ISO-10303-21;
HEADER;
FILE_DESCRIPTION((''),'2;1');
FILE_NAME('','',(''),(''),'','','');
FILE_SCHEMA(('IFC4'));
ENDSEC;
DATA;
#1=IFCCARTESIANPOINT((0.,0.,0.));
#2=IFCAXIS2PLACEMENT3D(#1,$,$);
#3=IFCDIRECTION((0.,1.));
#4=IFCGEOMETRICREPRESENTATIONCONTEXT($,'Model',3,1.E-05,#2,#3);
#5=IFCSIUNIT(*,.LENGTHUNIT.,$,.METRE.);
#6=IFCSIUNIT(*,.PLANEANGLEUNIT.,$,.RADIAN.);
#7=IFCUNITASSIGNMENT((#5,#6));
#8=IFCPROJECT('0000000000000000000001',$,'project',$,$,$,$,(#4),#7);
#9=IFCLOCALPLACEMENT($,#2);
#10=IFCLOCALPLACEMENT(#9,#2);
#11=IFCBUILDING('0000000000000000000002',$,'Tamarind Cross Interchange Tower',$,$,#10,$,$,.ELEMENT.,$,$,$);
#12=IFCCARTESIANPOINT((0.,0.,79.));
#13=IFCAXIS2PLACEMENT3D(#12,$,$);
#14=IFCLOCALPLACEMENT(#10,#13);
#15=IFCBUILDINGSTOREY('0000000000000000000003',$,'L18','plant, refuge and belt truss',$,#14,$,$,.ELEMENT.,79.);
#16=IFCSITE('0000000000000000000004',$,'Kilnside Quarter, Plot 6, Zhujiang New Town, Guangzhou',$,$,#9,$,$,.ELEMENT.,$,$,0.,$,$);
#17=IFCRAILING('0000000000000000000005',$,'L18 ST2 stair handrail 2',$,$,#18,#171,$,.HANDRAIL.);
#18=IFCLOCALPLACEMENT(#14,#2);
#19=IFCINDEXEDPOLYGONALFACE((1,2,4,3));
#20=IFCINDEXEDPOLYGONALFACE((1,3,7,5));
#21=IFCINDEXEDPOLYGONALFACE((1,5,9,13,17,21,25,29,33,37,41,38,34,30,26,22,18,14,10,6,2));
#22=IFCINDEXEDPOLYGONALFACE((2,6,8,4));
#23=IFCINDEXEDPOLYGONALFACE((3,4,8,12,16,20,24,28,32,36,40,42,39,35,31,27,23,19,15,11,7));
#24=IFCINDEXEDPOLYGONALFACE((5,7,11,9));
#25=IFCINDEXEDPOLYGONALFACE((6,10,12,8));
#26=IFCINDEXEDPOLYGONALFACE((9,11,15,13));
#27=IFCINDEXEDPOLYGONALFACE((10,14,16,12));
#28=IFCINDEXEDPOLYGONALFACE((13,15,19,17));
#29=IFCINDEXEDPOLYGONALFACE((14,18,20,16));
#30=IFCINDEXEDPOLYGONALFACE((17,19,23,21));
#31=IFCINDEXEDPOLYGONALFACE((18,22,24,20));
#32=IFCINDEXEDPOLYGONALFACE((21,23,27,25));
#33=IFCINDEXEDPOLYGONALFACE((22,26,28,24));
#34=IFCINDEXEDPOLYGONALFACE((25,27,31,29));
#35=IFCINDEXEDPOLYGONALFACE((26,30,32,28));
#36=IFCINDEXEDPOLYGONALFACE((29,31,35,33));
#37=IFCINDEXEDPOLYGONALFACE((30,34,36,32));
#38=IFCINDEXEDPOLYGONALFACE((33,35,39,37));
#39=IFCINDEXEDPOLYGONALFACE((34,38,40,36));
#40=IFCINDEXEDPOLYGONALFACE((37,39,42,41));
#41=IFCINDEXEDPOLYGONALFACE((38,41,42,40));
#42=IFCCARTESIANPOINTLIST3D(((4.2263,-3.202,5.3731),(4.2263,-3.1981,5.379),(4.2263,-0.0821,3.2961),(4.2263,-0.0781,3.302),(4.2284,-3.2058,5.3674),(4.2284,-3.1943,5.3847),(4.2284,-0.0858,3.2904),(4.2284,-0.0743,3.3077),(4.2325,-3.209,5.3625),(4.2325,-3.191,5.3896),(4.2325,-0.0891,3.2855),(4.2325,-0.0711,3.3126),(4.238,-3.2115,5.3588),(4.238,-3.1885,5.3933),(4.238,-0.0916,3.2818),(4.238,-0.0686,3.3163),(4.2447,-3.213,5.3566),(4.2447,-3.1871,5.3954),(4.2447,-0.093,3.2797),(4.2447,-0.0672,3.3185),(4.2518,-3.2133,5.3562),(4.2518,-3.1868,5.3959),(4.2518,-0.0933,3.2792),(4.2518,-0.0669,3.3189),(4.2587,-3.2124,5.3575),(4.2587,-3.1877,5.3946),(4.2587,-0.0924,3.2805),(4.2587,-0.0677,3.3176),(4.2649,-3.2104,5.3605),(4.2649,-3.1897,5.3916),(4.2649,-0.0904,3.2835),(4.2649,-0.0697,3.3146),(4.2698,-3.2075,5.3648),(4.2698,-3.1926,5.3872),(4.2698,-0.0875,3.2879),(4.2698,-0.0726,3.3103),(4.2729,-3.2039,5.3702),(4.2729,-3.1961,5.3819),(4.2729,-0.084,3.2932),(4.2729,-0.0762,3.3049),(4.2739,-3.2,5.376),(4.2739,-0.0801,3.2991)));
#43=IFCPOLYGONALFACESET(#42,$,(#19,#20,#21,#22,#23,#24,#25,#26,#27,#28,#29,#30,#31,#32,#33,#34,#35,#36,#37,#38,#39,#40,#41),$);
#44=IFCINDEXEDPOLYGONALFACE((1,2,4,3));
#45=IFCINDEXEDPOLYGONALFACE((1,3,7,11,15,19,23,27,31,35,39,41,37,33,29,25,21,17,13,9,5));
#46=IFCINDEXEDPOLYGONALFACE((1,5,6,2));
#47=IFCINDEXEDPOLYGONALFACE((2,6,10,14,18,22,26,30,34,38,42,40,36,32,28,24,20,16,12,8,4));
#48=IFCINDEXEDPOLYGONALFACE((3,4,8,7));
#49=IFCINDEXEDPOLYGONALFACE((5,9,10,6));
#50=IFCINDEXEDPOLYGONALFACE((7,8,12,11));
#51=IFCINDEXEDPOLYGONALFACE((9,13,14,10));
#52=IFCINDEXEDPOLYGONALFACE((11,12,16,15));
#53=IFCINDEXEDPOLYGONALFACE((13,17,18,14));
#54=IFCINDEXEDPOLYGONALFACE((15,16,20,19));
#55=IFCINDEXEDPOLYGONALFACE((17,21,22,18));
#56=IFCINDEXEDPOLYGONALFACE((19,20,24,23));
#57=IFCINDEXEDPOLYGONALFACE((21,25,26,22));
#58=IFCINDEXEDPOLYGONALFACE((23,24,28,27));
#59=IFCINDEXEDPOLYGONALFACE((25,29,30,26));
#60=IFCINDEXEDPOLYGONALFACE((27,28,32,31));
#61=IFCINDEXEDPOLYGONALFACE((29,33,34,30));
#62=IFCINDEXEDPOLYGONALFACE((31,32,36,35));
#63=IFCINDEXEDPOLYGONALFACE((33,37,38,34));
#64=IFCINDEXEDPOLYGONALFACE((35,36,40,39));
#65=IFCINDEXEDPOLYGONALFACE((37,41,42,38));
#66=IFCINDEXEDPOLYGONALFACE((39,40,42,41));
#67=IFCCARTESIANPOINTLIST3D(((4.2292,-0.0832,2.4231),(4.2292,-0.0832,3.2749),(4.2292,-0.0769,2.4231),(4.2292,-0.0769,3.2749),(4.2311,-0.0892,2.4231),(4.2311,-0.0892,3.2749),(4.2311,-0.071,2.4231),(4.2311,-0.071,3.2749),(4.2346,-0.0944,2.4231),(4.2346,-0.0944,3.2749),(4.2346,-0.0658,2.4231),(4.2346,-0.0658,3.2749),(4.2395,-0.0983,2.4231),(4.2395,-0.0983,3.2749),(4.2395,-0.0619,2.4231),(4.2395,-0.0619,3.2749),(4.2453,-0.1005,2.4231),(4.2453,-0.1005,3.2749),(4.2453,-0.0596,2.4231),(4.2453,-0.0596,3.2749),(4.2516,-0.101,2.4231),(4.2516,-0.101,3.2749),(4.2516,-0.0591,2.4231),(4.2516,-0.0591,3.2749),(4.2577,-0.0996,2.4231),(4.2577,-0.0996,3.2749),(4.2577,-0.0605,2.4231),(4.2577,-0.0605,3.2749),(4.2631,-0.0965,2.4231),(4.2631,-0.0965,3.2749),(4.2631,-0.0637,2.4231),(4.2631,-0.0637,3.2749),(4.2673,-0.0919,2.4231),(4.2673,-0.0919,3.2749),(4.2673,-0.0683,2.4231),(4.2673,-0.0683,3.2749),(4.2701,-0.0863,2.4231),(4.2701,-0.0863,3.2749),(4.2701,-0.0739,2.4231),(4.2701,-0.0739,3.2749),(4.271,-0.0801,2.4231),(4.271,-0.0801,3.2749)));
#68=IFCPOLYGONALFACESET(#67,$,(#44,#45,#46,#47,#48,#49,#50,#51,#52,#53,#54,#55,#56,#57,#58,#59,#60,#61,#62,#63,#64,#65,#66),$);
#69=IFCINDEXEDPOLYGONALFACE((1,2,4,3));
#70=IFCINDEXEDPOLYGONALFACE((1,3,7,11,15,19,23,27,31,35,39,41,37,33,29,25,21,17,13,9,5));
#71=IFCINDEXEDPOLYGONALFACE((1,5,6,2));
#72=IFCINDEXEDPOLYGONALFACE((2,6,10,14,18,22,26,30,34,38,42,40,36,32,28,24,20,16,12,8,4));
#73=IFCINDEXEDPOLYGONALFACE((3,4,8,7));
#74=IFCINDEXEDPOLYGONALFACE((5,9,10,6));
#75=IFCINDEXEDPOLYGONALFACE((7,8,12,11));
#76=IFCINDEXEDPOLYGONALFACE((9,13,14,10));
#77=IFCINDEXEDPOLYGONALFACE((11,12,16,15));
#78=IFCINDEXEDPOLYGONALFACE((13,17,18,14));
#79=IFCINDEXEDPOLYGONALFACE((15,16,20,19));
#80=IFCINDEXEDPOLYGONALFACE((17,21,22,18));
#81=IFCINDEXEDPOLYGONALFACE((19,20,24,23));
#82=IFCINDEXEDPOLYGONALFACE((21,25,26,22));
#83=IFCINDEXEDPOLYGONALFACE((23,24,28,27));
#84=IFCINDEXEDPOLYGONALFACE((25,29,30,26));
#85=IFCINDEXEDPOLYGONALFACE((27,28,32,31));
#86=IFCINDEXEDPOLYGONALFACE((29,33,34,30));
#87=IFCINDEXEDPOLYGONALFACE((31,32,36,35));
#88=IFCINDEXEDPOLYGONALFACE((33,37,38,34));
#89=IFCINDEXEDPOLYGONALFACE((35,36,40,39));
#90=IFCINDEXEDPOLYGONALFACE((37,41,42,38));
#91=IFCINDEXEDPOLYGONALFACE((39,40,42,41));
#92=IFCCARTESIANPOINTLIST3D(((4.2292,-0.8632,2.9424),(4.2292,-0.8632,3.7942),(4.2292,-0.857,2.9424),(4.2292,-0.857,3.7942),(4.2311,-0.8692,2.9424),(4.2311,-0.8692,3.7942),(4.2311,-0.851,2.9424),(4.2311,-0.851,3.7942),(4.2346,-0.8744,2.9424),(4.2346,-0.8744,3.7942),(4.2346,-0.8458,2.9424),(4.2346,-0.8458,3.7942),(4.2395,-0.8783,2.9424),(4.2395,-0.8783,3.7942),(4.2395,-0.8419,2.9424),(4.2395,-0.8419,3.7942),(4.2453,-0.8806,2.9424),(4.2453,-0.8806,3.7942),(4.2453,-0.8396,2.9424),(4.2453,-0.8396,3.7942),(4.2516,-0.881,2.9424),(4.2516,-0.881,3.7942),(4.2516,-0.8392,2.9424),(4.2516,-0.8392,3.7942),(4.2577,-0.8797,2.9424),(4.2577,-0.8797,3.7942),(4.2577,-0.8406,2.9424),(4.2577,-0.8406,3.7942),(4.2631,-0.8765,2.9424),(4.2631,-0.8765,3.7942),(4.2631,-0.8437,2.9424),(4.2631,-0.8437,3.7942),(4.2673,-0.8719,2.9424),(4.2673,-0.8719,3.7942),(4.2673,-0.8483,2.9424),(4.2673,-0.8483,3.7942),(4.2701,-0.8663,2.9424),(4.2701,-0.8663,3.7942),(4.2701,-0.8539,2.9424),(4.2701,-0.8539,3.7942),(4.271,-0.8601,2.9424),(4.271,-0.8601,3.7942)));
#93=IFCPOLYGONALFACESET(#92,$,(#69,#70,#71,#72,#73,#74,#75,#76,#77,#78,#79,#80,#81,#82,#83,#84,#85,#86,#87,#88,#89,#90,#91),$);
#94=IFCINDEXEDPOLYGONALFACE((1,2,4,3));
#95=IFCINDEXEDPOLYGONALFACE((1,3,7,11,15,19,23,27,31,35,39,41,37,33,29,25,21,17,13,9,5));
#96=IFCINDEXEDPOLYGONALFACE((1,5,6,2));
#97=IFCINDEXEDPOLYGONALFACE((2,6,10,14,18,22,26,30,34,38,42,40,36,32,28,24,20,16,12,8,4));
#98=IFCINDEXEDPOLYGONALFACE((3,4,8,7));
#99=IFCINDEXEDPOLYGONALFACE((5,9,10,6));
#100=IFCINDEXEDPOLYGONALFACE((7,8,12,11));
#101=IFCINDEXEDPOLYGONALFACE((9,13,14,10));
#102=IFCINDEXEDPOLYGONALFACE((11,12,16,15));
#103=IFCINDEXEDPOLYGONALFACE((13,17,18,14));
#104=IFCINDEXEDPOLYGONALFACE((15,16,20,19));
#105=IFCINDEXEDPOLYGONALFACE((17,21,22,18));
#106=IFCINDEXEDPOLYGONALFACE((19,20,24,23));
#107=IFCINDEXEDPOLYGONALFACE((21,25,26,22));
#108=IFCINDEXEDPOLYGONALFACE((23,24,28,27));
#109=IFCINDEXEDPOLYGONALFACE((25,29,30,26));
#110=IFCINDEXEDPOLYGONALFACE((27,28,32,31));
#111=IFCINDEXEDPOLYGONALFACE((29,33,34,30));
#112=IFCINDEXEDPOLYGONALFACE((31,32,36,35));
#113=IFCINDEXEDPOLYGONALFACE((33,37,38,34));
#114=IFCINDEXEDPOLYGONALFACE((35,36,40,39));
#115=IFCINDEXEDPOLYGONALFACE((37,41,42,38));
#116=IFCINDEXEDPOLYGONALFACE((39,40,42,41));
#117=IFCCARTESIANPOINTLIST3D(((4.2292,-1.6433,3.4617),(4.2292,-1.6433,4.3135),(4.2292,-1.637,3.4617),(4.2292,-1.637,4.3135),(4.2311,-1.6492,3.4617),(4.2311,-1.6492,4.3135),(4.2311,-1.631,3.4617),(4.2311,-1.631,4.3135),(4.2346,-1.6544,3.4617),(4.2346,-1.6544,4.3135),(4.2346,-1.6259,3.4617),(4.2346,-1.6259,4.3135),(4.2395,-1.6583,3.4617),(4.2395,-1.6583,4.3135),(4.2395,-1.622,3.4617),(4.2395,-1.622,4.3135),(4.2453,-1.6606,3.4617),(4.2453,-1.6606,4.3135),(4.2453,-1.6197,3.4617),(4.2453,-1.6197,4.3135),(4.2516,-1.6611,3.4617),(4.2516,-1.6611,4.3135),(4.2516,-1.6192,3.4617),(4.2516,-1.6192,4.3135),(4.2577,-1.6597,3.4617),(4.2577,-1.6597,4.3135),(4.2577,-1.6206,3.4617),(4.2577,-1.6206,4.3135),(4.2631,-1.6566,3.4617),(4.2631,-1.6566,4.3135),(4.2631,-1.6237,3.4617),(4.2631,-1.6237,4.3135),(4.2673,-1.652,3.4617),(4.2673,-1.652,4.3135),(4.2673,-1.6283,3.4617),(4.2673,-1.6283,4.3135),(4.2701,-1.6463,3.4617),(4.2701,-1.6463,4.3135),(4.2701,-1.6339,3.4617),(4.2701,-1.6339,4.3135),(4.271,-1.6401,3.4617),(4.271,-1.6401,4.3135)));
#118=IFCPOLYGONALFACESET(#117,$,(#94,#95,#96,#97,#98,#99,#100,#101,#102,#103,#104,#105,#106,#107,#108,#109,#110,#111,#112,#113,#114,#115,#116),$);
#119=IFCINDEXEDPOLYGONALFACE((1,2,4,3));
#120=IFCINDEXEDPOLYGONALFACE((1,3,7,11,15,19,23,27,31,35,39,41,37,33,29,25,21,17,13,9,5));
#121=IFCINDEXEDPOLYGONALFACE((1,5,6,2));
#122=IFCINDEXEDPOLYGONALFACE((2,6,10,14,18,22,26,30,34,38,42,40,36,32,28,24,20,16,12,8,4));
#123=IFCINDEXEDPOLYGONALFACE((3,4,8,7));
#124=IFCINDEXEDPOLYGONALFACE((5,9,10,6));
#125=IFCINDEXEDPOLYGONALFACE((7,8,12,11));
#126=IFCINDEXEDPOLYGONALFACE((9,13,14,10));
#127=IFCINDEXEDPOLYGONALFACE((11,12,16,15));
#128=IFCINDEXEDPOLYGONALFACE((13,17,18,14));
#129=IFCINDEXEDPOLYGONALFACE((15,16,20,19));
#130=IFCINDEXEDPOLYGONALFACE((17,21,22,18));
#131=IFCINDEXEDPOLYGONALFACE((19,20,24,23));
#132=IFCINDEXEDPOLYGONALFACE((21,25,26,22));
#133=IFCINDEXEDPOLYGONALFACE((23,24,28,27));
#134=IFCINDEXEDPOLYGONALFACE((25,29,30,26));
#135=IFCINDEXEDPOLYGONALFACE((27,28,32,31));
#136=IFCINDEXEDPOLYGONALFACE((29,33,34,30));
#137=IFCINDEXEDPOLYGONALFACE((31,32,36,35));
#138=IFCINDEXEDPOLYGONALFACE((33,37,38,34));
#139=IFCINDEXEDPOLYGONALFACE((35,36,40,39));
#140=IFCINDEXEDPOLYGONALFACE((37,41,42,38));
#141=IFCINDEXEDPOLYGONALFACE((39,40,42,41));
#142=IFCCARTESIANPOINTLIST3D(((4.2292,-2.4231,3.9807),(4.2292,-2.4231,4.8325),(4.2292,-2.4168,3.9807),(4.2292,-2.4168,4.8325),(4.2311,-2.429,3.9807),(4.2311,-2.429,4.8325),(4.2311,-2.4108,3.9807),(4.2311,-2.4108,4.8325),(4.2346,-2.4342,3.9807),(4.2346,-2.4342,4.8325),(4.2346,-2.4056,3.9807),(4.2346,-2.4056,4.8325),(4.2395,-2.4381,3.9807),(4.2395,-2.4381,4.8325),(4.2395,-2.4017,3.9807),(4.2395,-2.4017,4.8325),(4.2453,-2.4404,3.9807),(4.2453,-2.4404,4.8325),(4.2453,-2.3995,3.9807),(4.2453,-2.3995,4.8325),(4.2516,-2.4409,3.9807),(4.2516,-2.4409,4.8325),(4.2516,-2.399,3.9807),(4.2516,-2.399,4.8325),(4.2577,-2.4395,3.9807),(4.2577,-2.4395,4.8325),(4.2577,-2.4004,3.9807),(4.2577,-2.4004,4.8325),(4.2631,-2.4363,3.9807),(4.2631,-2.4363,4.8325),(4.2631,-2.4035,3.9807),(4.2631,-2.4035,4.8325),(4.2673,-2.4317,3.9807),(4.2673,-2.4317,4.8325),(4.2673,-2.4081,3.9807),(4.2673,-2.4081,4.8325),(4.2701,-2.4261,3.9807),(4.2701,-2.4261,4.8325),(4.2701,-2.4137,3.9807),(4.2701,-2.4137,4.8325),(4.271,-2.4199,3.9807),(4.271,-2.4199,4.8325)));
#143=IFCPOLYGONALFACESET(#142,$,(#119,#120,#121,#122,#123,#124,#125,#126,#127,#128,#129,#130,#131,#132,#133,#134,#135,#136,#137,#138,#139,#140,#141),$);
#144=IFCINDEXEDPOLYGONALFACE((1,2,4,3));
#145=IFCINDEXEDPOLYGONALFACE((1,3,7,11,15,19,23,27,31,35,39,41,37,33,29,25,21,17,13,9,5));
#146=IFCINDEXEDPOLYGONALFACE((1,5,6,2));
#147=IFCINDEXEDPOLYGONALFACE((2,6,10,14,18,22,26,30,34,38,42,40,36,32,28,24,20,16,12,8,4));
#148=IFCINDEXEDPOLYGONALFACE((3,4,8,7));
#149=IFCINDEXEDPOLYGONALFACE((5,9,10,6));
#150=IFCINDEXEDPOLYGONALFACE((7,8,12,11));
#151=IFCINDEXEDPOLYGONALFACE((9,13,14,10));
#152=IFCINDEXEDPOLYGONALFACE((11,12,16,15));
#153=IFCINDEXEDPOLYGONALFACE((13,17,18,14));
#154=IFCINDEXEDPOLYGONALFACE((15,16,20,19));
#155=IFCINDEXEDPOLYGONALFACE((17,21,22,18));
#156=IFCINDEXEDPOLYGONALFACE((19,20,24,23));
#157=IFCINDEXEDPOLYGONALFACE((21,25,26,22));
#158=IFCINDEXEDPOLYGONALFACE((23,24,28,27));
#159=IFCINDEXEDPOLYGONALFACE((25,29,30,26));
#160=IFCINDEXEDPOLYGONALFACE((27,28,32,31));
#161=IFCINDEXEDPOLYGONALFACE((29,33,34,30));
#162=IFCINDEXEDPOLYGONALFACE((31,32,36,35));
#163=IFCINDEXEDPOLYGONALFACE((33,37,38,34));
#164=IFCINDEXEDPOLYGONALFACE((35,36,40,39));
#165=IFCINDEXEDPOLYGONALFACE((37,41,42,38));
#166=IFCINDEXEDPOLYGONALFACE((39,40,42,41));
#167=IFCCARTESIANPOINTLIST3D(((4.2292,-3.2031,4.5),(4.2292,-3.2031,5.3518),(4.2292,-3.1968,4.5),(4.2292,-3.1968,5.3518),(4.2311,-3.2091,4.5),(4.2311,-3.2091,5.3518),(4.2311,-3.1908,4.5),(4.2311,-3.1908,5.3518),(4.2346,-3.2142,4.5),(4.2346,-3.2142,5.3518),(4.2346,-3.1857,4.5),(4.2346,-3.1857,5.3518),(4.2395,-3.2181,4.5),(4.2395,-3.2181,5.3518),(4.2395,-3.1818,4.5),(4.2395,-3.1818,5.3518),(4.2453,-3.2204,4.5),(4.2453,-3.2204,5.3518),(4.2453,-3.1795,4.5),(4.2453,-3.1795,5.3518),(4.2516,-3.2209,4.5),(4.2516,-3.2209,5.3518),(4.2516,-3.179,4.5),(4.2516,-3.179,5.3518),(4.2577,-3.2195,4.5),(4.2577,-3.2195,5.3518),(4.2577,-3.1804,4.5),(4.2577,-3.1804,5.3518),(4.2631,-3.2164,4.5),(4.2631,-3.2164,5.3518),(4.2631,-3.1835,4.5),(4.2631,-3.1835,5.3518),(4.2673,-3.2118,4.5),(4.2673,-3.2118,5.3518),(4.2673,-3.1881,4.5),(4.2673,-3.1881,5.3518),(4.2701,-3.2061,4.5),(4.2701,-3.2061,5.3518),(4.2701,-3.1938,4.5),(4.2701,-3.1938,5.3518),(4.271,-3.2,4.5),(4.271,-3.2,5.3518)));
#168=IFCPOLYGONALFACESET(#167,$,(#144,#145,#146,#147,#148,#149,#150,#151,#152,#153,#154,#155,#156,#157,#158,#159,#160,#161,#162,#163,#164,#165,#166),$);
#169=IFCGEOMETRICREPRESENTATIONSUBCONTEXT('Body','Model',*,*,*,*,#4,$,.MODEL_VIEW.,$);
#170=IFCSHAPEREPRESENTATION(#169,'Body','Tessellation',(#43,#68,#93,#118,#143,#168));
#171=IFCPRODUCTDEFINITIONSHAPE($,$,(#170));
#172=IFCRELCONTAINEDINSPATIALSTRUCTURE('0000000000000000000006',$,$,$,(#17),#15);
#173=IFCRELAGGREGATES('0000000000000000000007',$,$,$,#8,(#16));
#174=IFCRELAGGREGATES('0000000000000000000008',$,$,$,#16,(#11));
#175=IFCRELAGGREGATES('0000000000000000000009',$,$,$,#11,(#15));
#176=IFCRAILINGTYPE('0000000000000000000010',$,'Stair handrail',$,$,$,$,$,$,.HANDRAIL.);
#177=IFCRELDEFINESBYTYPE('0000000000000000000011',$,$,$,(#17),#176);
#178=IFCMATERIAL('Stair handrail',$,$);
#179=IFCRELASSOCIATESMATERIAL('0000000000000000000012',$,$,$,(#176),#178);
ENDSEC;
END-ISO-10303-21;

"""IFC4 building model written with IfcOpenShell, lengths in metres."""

from ifc_helpers import new_model, si_unit, direction, frame, origin, origin_2d, place, context, subcontext, project, spatial, circle, extrude, material, type_object, element, save


model = new_model("IFC4")

# Units and contexts
model_context = context("Model", 3, precision=1e-05, world=origin(), true_north=direction((0.0, 1.0)))
body_context = subcontext(model_context, "Body", "Model", "MODEL_VIEW")
ifc_project = project(units=[si_unit("LENGTHUNIT", "METRE"), si_unit("PLANEANGLEUNIT", "RADIAN")], contexts=[model_context])

# Site, building, storey
site_placement = place(None, origin())
site = spatial("IfcSite", under=ifc_project, at=site_placement, Name="Kilnside Quarter, Plot 6, Zhujiang New Town, Guangzhou", CompositionType="ELEMENT", RefElevation=0.0)
building_placement = place(site_placement, origin())
building = spatial("IfcBuilding", under=site, at=building_placement, Name="Tamarind Cross Interchange Tower", CompositionType="ELEMENT")
storey_placement = place(building_placement, frame((0.0, 0.0, 79.0)))
storey = spatial("IfcBuildingStorey", under=building, at=storey_placement, Name="L18", Description="plant, refuge and belt truss", CompositionType="ELEMENT", Elevation=79.0)

# Railing
ifc_material_1 = material(Name="Stair handrail")
railing_type_1 = type_object("IfcRailingType", Name="Stair handrail", PredefinedType="HANDRAIL", material=ifc_material_1)
railing_1_placement = place(storey_placement, frame((4.25, -0.0801, 2.4231)))
element("IfcRailing", 1, at=railing_1_placement, inside=storey, type_object=railing_type_1, Name="L18 ST2 stair handrail 2", PredefinedType="HANDRAIL", context=body_context, shape_type="SweptSolid", body=[
    extrude(circle(Radius=0.0239, at=origin_2d()), frame((0.0, 0.0, 0.876), z_axis=(0.0, -0.832421, 0.554144), x_axis=(1.0, 0.0, 0.0)), (0.0, 0.0, 1.0), 3.748),
    extrude(circle(Radius=0.021, at=origin_2d()), origin(), (0.0, 0.0, 1.0), 0.8518),
    extrude(circle(Radius=0.021, at=origin_2d()), frame((0.0, -0.78, 0.5193)), (0.0, 0.0, 1.0), 0.8518),
    extrude(circle(Radius=0.021, at=origin_2d()), frame((0.0, -1.5601, 1.0386)), (0.0, 0.0, 1.0), 0.8518),
    extrude(circle(Radius=0.021, at=origin_2d()), frame((0.0, -2.3398, 1.5576)), (0.0, 0.0, 1.0), 0.8518),
    extrude(circle(Radius=0.021, at=origin_2d()), frame((0.0, -3.1199, 2.0769)), (0.0, 0.0, 1.0), 0.8518),
])

save(model, "model.ifc")
